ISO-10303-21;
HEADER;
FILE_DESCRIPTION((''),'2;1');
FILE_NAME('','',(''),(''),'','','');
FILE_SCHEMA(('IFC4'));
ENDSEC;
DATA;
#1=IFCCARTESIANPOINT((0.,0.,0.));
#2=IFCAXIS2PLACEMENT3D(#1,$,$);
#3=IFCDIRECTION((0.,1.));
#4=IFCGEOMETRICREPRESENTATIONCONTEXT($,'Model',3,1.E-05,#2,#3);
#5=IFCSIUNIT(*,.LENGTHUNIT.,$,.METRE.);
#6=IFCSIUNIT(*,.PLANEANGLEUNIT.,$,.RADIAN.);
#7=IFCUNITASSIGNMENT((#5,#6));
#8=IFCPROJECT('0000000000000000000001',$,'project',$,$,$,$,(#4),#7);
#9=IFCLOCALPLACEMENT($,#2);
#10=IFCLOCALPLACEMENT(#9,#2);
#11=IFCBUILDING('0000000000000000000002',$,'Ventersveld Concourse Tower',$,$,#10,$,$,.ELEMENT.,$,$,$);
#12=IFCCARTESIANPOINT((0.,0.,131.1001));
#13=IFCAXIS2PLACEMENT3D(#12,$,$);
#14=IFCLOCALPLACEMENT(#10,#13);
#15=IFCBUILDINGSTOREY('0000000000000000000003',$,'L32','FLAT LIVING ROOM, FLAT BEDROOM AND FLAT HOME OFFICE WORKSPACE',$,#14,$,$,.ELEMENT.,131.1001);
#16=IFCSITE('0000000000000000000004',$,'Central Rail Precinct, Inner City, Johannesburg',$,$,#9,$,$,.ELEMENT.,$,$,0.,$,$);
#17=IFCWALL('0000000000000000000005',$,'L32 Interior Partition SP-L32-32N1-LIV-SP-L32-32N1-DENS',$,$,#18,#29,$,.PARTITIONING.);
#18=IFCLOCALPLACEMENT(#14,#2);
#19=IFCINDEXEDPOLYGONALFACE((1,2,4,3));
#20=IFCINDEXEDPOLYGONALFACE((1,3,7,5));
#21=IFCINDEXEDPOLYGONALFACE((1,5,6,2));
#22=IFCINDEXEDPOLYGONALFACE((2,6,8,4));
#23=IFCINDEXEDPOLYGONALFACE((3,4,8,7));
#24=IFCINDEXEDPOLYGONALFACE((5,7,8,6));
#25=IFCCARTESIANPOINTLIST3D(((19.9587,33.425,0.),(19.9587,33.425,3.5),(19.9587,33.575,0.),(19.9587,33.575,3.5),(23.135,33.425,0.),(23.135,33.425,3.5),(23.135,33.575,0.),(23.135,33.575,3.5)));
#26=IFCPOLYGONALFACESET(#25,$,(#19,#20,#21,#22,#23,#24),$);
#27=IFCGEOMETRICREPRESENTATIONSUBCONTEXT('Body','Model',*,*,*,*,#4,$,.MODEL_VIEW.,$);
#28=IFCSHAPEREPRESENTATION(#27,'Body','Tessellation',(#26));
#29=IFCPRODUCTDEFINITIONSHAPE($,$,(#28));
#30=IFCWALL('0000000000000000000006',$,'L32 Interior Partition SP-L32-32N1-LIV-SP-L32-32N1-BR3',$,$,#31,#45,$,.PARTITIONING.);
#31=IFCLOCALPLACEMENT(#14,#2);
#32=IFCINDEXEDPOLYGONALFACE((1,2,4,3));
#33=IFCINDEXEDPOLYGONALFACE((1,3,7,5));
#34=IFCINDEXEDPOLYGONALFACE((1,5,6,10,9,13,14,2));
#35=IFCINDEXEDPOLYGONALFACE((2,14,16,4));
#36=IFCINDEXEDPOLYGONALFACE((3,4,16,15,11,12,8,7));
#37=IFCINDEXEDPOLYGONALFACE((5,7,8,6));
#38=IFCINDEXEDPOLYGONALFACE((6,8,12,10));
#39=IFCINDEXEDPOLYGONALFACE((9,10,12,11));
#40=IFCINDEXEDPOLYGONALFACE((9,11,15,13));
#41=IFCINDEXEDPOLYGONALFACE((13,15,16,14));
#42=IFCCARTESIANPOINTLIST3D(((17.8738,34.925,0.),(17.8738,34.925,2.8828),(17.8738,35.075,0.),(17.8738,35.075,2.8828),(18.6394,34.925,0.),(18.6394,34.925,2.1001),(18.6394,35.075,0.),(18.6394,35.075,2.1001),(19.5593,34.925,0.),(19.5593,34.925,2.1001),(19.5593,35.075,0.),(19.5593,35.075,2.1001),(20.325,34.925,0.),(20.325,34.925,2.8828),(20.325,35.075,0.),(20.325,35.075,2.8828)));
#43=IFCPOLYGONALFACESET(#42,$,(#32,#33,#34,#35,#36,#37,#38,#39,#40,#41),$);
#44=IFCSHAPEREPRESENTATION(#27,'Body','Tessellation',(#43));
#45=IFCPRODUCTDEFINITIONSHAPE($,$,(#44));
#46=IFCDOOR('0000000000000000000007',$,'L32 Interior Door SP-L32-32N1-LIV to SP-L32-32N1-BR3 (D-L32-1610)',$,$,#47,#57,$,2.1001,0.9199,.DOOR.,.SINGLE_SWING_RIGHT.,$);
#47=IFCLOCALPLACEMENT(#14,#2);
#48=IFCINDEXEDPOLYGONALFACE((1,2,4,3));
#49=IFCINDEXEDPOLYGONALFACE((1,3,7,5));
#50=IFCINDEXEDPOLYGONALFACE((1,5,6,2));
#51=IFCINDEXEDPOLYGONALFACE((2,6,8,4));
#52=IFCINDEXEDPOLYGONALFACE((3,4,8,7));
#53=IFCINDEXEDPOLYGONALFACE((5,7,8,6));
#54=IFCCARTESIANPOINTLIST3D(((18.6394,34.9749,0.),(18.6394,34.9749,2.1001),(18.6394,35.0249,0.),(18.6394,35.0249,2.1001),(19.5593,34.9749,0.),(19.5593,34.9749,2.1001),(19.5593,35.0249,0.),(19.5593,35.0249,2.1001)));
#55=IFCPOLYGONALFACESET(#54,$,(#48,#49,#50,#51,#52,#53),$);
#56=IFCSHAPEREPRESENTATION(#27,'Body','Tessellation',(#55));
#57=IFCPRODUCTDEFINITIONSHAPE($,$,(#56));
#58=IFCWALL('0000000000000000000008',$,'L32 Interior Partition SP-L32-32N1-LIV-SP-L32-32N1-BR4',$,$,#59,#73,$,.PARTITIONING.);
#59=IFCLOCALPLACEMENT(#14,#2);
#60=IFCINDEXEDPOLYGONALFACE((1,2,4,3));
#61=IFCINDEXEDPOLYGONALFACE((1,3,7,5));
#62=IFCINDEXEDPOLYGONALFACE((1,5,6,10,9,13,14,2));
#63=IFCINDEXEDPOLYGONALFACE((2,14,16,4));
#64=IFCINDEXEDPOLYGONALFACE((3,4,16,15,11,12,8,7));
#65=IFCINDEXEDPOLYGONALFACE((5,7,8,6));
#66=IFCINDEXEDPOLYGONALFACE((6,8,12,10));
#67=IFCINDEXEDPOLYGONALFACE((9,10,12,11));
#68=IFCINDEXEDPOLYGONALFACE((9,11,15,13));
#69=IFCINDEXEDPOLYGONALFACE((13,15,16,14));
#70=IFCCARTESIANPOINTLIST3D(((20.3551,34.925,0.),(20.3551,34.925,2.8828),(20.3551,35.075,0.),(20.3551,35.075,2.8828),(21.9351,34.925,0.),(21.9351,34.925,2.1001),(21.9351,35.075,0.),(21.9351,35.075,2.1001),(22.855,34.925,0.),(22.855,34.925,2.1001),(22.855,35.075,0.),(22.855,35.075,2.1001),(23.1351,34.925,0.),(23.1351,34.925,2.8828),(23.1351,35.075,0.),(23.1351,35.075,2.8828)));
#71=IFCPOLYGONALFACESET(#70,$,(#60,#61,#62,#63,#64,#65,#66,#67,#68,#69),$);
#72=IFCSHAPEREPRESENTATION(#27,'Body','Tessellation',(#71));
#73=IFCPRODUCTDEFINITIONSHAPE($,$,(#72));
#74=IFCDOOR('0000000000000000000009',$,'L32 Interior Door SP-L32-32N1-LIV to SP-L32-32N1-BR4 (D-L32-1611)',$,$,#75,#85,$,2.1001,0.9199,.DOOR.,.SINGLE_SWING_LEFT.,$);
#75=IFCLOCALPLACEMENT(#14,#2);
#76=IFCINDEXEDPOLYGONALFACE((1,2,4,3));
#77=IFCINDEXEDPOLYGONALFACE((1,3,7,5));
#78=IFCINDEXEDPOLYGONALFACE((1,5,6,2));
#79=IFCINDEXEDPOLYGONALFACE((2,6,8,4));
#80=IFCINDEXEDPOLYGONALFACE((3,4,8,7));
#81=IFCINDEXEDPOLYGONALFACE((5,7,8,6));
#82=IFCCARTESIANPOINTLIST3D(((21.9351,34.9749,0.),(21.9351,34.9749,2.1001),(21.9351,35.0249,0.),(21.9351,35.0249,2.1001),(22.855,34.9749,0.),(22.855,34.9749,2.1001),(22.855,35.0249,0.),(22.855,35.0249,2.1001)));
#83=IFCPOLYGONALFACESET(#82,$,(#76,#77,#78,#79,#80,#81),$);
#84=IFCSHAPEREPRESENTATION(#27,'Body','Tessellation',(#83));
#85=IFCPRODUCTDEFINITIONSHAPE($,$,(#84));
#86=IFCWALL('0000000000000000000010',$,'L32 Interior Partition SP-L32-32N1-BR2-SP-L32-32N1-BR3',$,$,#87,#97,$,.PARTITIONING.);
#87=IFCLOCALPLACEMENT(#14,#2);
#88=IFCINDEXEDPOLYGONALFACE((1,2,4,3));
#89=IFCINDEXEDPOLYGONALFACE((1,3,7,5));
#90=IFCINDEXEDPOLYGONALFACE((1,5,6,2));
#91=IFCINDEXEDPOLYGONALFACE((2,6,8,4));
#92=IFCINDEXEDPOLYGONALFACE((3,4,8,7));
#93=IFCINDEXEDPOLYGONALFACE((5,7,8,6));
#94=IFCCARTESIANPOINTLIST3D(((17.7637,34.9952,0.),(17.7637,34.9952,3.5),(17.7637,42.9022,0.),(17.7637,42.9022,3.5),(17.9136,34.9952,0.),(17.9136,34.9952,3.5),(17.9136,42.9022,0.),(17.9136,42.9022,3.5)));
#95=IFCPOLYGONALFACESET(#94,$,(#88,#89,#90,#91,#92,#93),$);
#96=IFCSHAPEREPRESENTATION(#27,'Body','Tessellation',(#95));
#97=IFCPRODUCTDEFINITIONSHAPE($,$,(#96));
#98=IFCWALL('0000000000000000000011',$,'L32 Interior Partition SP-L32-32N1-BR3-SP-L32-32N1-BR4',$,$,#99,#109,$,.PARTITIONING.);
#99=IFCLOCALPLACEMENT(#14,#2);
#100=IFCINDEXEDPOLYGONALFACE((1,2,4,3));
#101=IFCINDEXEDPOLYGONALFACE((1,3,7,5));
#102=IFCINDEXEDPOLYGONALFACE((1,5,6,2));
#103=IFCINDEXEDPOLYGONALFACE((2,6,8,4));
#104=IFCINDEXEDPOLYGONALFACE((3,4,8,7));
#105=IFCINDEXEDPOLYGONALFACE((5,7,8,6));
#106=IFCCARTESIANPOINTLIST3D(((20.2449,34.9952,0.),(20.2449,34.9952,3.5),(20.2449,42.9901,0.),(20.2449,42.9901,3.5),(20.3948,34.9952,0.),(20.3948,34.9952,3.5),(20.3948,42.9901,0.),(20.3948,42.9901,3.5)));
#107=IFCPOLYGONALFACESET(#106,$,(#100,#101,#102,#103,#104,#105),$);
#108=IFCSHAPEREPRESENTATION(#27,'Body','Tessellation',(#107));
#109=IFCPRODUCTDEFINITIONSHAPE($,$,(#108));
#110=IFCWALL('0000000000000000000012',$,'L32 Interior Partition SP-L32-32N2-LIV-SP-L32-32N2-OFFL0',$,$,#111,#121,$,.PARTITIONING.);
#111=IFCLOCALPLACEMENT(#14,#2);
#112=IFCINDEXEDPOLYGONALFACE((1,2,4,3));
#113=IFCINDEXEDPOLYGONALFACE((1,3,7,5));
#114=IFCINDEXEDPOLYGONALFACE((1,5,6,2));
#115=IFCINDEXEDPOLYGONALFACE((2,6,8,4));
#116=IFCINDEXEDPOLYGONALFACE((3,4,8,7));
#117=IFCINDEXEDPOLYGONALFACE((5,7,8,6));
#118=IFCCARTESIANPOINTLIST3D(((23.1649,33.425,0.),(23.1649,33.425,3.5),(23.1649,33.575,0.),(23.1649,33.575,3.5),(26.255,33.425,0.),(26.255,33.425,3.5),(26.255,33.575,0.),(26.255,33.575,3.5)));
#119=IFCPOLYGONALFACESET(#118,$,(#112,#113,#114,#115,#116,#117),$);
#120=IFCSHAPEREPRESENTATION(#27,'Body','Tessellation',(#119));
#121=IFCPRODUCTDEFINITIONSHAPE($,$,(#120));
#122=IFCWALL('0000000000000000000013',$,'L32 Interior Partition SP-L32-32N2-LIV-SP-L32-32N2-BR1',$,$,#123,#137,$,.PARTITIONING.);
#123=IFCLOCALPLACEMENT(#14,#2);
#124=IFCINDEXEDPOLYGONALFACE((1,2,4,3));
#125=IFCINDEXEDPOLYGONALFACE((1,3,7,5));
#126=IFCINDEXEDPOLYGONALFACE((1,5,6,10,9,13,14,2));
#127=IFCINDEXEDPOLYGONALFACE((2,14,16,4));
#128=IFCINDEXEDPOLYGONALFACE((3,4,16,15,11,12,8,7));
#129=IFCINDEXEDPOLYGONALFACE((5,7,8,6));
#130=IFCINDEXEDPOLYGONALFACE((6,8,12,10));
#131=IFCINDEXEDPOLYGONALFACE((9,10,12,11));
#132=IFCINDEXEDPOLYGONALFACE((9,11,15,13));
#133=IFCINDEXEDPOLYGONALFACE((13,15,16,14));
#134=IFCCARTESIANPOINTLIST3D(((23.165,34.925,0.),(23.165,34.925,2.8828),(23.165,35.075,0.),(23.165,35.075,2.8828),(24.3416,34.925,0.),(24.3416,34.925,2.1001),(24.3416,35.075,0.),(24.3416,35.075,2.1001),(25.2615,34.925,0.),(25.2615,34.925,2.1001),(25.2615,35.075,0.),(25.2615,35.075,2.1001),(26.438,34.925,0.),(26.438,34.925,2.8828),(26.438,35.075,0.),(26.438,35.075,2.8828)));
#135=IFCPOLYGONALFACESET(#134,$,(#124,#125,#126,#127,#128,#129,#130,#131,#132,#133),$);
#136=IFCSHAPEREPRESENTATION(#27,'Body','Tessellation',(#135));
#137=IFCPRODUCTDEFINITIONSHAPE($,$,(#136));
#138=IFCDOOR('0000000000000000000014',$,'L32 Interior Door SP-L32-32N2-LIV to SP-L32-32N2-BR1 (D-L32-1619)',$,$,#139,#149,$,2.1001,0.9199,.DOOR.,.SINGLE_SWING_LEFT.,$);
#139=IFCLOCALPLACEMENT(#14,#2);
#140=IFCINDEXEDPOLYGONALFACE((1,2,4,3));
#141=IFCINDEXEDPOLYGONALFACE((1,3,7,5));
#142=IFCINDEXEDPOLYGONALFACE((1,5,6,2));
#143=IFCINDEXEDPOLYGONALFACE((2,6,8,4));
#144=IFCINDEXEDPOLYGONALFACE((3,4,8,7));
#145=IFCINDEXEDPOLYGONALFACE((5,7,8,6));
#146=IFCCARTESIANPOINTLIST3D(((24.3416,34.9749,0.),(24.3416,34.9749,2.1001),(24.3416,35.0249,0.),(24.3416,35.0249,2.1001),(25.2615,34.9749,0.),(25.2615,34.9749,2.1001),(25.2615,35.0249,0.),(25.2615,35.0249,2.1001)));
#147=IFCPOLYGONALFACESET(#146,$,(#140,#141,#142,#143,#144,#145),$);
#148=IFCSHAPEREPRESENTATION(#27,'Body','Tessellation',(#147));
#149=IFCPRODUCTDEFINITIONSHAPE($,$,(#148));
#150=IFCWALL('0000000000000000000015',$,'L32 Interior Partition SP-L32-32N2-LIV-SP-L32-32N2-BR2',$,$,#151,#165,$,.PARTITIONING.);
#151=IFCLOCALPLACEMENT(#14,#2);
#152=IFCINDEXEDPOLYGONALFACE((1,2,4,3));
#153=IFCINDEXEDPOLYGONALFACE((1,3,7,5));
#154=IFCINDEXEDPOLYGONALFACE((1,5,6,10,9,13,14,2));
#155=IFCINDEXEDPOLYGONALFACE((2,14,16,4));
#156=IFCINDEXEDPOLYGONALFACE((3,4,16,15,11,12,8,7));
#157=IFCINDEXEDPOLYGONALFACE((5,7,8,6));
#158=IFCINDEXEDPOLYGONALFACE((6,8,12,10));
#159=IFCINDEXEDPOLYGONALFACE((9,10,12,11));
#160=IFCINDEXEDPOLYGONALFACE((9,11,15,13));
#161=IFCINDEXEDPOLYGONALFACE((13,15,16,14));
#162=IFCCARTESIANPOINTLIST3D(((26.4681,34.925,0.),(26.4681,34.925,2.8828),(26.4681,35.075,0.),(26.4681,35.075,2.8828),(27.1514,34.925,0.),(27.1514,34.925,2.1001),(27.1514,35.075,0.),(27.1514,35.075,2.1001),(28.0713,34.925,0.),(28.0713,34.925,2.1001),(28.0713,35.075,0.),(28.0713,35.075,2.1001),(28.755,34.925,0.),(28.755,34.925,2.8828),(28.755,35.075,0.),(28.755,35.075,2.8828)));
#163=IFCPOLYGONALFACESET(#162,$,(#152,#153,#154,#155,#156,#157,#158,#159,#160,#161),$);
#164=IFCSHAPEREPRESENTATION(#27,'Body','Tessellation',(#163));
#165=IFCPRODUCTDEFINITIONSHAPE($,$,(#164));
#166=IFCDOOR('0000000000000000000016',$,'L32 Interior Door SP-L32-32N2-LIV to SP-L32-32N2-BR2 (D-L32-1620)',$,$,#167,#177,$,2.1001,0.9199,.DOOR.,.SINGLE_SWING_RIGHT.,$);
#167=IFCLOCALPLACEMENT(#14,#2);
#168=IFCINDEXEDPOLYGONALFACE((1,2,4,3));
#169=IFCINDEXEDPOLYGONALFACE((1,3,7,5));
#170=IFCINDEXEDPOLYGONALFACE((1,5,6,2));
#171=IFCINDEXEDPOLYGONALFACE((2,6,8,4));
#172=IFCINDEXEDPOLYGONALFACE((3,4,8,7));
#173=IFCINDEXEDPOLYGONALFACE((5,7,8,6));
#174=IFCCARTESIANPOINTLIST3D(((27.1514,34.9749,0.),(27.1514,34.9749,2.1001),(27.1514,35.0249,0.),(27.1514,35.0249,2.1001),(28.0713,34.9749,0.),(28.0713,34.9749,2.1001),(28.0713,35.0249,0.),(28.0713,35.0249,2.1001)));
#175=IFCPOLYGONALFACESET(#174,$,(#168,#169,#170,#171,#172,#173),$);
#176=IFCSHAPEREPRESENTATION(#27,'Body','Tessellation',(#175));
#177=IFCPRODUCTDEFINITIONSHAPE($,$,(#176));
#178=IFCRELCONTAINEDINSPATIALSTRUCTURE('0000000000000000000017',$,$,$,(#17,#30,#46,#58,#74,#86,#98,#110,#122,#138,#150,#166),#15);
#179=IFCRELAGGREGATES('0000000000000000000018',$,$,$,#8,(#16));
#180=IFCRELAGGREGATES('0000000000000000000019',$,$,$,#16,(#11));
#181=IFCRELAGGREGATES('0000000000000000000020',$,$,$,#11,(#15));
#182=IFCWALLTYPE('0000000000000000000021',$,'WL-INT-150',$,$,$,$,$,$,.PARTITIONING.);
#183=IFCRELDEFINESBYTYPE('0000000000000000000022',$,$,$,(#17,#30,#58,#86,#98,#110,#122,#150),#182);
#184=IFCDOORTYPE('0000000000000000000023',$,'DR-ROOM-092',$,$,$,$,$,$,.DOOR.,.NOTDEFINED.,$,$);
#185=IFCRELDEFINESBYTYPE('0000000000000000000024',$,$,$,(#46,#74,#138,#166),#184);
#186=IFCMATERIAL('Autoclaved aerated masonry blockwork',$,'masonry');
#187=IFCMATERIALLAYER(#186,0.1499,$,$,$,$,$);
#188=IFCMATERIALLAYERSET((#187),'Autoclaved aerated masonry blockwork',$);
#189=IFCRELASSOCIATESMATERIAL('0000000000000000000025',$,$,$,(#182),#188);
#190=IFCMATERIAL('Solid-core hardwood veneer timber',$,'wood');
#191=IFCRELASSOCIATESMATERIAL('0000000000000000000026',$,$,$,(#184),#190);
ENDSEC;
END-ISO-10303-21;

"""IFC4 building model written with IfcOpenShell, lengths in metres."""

from ifc_helpers import new_model, si_unit, direction, frame, frame_2d, origin, place, context, subcontext, project, spatial, rectangle, extrude, material, layer, layer_set, type_object, element, fill, save


model = new_model("IFC4")

# Units and contexts
model_context = context("Model", 3, precision=1e-05, world=origin(), true_north=direction((0.0, 1.0)))
body_context = subcontext(model_context, "Body", "Model", "MODEL_VIEW")
ifc_project = project(units=[si_unit("LENGTHUNIT", "METRE"), si_unit("PLANEANGLEUNIT", "RADIAN")], contexts=[model_context])

# Site, building, storey
site_placement = place(None, origin())
site = spatial("IfcSite", under=ifc_project, at=site_placement, Name="Central Rail Precinct, Inner City, Johannesburg", CompositionType="ELEMENT", RefElevation=0.0)
building_placement = place(site_placement, origin())
building = spatial("IfcBuilding", under=site, at=building_placement, Name="Ventersveld Concourse Tower", CompositionType="ELEMENT")
storey_placement = place(building_placement, frame((0.0, 0.0, 131.1001)))
storey = spatial("IfcBuildingStorey", under=building, at=storey_placement, Name="L32", Description="FLAT LIVING ROOM, FLAT BEDROOM AND FLAT HOME OFFICE WORKSPACE", CompositionType="ELEMENT", Elevation=131.1001)

# Wall
ifc_material_1 = material(Name="Autoclaved aerated masonry blockwork", Category="masonry")
ifc_layer_1 = layer(ifc_material_1, 0.1499)
ifc_layer_set_1 = layer_set([ifc_layer_1], Name="Autoclaved aerated masonry blockwork")
wall_type_1 = type_object("IfcWallType", Name="WL-INT-150", PredefinedType="PARTITIONING", material=ifc_layer_set_1)
wall_1_placement = place(storey_placement, frame((19.9587, 33.5, 0.0), z_axis=(0.0, 0.0, 1.0), x_axis=(1.0, 0.0, 0.0)))
element("IfcWall", 1, at=wall_1_placement, inside=storey, type_object=wall_type_1, Name="L32 Interior Partition SP-L32-32N1-LIV-SP-L32-32N1-DENS", PredefinedType="PARTITIONING", context=body_context, shape_type="SweptSolid", body=[
    extrude(rectangle(XDim=3.1763, YDim=0.1499, at=frame_2d((1.5881, 0.0))), origin(), (0.0, 0.0, 1.0), 3.5),
])

# Walls, openings, doors
wall_2_placement = place(storey_placement, frame((17.8738, 35.0, 0.0), z_axis=(0.0, 0.0, 1.0), x_axis=(1.0, 0.0, 0.0)))
wall_2 = element("IfcWall", 2, at=wall_2_placement, inside=storey, type_object=wall_type_1, Name="L32 Interior Partition SP-L32-32N1-LIV-SP-L32-32N1-BR3", PredefinedType="PARTITIONING", context=body_context, shape_type="SweptSolid", body=[
    extrude(rectangle(XDim=2.4512, YDim=0.1499, at=frame_2d((1.2256, 0.0))), origin(), (0.0, 0.0, 1.0), 2.8828),
])
opening_1_placement = place(wall_2_placement, frame((0.7656, 0.0, 0.0)))
opening_1 = element("IfcOpeningElement", 3, at=opening_1_placement, cuts=wall_2, PredefinedType="OPENING", context=body_context, shape_type="SweptSolid", body=[
    extrude(rectangle(XDim=0.9199, YDim=2.1001, at=frame_2d((0.46, 1.05))), frame((0.0, 0.085, 0.0), z_axis=(0.0, -1.0, 0.0), x_axis=(1.0, 0.0, 0.0)), (0.0, 0.0, 1.0), 0.1699),
])
ifc_material_2 = material(Name="Solid-core hardwood veneer timber", Category="wood")
door_type = type_object("IfcDoorType", Name="DR-ROOM-092", OperationType="NOTDEFINED", PredefinedType="DOOR", material=ifc_material_2)
door_1_placement = place(opening_1_placement, origin())
door_1 = element("IfcDoor", 4, at=door_1_placement, inside=storey, type_object=door_type, Name="L32 Interior Door SP-L32-32N1-LIV to SP-L32-32N1-BR3 (D-L32-1610)", OperationType="SINGLE_SWING_RIGHT", OverallHeight=2.1001, OverallWidth=0.9199, PredefinedType="DOOR", context=body_context, shape_type="SweptSolid", body=[
    extrude(rectangle(XDim=0.9199, YDim=2.1001, at=frame_2d((0.46, 1.05))), frame((0.0, 0.0249, 0.0), z_axis=(0.0, -1.0, 0.0), x_axis=(1.0, 0.0, 0.0)), (0.0, 0.0, 1.0), 0.05),
])
fill(opening_1, door_1)
wall_3_placement = place(storey_placement, frame((20.355, 35.0, 0.0), z_axis=(0.0, 0.0, 1.0), x_axis=(1.0, 0.0, 0.0)))
wall_3 = element("IfcWall", 5, at=wall_3_placement, inside=storey, type_object=wall_type_1, Name="L32 Interior Partition SP-L32-32N1-LIV-SP-L32-32N1-BR4", PredefinedType="PARTITIONING", context=body_context, shape_type="SweptSolid", body=[
    extrude(rectangle(XDim=2.78, YDim=0.1499, at=frame_2d((1.3901, 0.0))), origin(), (0.0, 0.0, 1.0), 2.8828),
])
opening_2_placement = place(wall_3_placement, frame((1.5801, 0.0, 0.0)))
opening_2 = element("IfcOpeningElement", 6, at=opening_2_placement, cuts=wall_3, PredefinedType="OPENING", context=body_context, shape_type="SweptSolid", body=[
    extrude(rectangle(XDim=0.9199, YDim=2.1001, at=frame_2d((0.46, 1.05))), frame((0.0, 0.085, 0.0), z_axis=(0.0, -1.0, 0.0), x_axis=(1.0, 0.0, 0.0)), (0.0, 0.0, 1.0), 0.1699),
])
door_2_placement = place(opening_2_placement, origin())
door_2 = element("IfcDoor", 7, at=door_2_placement, inside=storey, type_object=door_type, Name="L32 Interior Door SP-L32-32N1-LIV to SP-L32-32N1-BR4 (D-L32-1611)", OperationType="SINGLE_SWING_LEFT", OverallHeight=2.1001, OverallWidth=0.9199, PredefinedType="DOOR", context=body_context, shape_type="SweptSolid", body=[
    extrude(rectangle(XDim=0.9199, YDim=2.1001, at=frame_2d((0.46, 1.05))), frame((0.0, 0.0249, 0.0), z_axis=(0.0, -1.0, 0.0), x_axis=(1.0, 0.0, 0.0)), (0.0, 0.0, 1.0), 0.05),
])
fill(opening_2, door_2)

# Walls
wall_4_placement = place(storey_placement, frame((17.8386, 34.9951, 0.0), z_axis=(0.0, 0.0, 1.0), x_axis=(0.0, 1.0, 0.0)))
element("IfcWall", 8, at=wall_4_placement, inside=storey, type_object=wall_type_1, Name="L32 Interior Partition SP-L32-32N1-BR2-SP-L32-32N1-BR3", PredefinedType="PARTITIONING", context=body_context, shape_type="SweptSolid", body=[
    extrude(rectangle(XDim=7.907, YDim=0.1499, at=frame_2d((3.9536, 0.0))), origin(), (0.0, 0.0, 1.0), 3.5),
])
wall_5_placement = place(storey_placement, frame((20.3198, 34.9951, 0.0), z_axis=(0.0, 0.0, 1.0), x_axis=(0.0, 1.0, 0.0)))
element("IfcWall", 9, at=wall_5_placement, inside=storey, type_object=wall_type_1, Name="L32 Interior Partition SP-L32-32N1-BR3-SP-L32-32N1-BR4", PredefinedType="PARTITIONING", context=body_context, shape_type="SweptSolid", body=[
    extrude(rectangle(XDim=7.9949, YDim=0.1499, at=frame_2d((3.9976, 0.0))), origin(), (0.0, 0.0, 1.0), 3.5),
])
wall_6_placement = place(storey_placement, frame((23.165, 33.5, 0.0), z_axis=(0.0, 0.0, 1.0), x_axis=(1.0, 0.0, 0.0)))
element("IfcWall", 10, at=wall_6_placement, inside=storey, type_object=wall_type_1, Name="L32 Interior Partition SP-L32-32N2-LIV-SP-L32-32N2-OFFL0", PredefinedType="PARTITIONING", context=body_context, shape_type="SweptSolid", body=[
    extrude(rectangle(XDim=3.0901, YDim=0.1499, at=frame_2d((1.5449, 0.0))), origin(), (0.0, 0.0, 1.0), 3.5),
])

# Walls, openings, doors
wall_7_placement = place(storey_placement, frame((23.165, 35.0, 0.0), z_axis=(0.0, 0.0, 1.0), x_axis=(1.0, 0.0, 0.0)))
wall_7 = element("IfcWall", 11, at=wall_7_placement, inside=storey, type_object=wall_type_1, Name="L32 Interior Partition SP-L32-32N2-LIV-SP-L32-32N2-BR1", PredefinedType="PARTITIONING", context=body_context, shape_type="SweptSolid", body=[
    extrude(rectangle(XDim=3.2729, YDim=0.1499, at=frame_2d((1.6365, 0.0))), origin(), (0.0, 0.0, 1.0), 2.8828),
])
opening_3_placement = place(wall_7_placement, frame((1.1765, 0.0, 0.0)))
opening_3 = element("IfcOpeningElement", 12, at=opening_3_placement, cuts=wall_7, PredefinedType="OPENING", context=body_context, shape_type="SweptSolid", body=[
    extrude(rectangle(XDim=0.9199, YDim=2.1001, at=frame_2d((0.46, 1.05))), frame((0.0, 0.085, 0.0), z_axis=(0.0, -1.0, 0.0), x_axis=(1.0, 0.0, 0.0)), (0.0, 0.0, 1.0), 0.1699),
])
door_3_placement = place(opening_3_placement, origin())
door_3 = element("IfcDoor", 13, at=door_3_placement, inside=storey, type_object=door_type, Name="L32 Interior Door SP-L32-32N2-LIV to SP-L32-32N2-BR1 (D-L32-1619)", OperationType="SINGLE_SWING_LEFT", OverallHeight=2.1001, OverallWidth=0.9199, PredefinedType="DOOR", context=body_context, shape_type="SweptSolid", body=[
    extrude(rectangle(XDim=0.9199, YDim=2.1001, at=frame_2d((0.46, 1.05))), frame((0.0, 0.0249, 0.0), z_axis=(0.0, -1.0, 0.0), x_axis=(1.0, 0.0, 0.0)), (0.0, 0.0, 1.0), 0.05),
])
fill(opening_3, door_3)
wall_8_placement = place(storey_placement, frame((26.468, 35.0, 0.0), z_axis=(0.0, 0.0, 1.0), x_axis=(1.0, 0.0, 0.0)))
wall_8 = element("IfcWall", 14, at=wall_8_placement, inside=storey, type_object=wall_type_1, Name="L32 Interior Partition SP-L32-32N2-LIV-SP-L32-32N2-BR2", PredefinedType="PARTITIONING", context=body_context, shape_type="SweptSolid", body=[
    extrude(rectangle(XDim=2.2869, YDim=0.1499, at=frame_2d((1.1436, 0.0))), origin(), (0.0, 0.0, 1.0), 2.8828),
])
opening_4_placement = place(wall_8_placement, frame((0.6833, 0.0, 0.0)))
opening_4 = element("IfcOpeningElement", 15, at=opening_4_placement, cuts=wall_8, PredefinedType="OPENING", context=body_context, shape_type="SweptSolid", body=[
    extrude(rectangle(XDim=0.9199, YDim=2.1001, at=frame_2d((0.46, 1.05))), frame((0.0, 0.085, 0.0), z_axis=(0.0, -1.0, 0.0), x_axis=(1.0, 0.0, 0.0)), (0.0, 0.0, 1.0), 0.1699),
])
door_4_placement = place(opening_4_placement, origin())
door_4 = element("IfcDoor", 16, at=door_4_placement, inside=storey, type_object=door_type, Name="L32 Interior Door SP-L32-32N2-LIV to SP-L32-32N2-BR2 (D-L32-1620)", OperationType="SINGLE_SWING_RIGHT", OverallHeight=2.1001, OverallWidth=0.9199, PredefinedType="DOOR", context=body_context, shape_type="SweptSolid", body=[
    extrude(rectangle(XDim=0.9199, YDim=2.1001, at=frame_2d((0.46, 1.05))), frame((0.0, 0.0249, 0.0), z_axis=(0.0, -1.0, 0.0), x_axis=(1.0, 0.0, 0.0)), (0.0, 0.0, 1.0), 0.05),
])
fill(opening_4, door_4)

save(model, "model.ifc")
